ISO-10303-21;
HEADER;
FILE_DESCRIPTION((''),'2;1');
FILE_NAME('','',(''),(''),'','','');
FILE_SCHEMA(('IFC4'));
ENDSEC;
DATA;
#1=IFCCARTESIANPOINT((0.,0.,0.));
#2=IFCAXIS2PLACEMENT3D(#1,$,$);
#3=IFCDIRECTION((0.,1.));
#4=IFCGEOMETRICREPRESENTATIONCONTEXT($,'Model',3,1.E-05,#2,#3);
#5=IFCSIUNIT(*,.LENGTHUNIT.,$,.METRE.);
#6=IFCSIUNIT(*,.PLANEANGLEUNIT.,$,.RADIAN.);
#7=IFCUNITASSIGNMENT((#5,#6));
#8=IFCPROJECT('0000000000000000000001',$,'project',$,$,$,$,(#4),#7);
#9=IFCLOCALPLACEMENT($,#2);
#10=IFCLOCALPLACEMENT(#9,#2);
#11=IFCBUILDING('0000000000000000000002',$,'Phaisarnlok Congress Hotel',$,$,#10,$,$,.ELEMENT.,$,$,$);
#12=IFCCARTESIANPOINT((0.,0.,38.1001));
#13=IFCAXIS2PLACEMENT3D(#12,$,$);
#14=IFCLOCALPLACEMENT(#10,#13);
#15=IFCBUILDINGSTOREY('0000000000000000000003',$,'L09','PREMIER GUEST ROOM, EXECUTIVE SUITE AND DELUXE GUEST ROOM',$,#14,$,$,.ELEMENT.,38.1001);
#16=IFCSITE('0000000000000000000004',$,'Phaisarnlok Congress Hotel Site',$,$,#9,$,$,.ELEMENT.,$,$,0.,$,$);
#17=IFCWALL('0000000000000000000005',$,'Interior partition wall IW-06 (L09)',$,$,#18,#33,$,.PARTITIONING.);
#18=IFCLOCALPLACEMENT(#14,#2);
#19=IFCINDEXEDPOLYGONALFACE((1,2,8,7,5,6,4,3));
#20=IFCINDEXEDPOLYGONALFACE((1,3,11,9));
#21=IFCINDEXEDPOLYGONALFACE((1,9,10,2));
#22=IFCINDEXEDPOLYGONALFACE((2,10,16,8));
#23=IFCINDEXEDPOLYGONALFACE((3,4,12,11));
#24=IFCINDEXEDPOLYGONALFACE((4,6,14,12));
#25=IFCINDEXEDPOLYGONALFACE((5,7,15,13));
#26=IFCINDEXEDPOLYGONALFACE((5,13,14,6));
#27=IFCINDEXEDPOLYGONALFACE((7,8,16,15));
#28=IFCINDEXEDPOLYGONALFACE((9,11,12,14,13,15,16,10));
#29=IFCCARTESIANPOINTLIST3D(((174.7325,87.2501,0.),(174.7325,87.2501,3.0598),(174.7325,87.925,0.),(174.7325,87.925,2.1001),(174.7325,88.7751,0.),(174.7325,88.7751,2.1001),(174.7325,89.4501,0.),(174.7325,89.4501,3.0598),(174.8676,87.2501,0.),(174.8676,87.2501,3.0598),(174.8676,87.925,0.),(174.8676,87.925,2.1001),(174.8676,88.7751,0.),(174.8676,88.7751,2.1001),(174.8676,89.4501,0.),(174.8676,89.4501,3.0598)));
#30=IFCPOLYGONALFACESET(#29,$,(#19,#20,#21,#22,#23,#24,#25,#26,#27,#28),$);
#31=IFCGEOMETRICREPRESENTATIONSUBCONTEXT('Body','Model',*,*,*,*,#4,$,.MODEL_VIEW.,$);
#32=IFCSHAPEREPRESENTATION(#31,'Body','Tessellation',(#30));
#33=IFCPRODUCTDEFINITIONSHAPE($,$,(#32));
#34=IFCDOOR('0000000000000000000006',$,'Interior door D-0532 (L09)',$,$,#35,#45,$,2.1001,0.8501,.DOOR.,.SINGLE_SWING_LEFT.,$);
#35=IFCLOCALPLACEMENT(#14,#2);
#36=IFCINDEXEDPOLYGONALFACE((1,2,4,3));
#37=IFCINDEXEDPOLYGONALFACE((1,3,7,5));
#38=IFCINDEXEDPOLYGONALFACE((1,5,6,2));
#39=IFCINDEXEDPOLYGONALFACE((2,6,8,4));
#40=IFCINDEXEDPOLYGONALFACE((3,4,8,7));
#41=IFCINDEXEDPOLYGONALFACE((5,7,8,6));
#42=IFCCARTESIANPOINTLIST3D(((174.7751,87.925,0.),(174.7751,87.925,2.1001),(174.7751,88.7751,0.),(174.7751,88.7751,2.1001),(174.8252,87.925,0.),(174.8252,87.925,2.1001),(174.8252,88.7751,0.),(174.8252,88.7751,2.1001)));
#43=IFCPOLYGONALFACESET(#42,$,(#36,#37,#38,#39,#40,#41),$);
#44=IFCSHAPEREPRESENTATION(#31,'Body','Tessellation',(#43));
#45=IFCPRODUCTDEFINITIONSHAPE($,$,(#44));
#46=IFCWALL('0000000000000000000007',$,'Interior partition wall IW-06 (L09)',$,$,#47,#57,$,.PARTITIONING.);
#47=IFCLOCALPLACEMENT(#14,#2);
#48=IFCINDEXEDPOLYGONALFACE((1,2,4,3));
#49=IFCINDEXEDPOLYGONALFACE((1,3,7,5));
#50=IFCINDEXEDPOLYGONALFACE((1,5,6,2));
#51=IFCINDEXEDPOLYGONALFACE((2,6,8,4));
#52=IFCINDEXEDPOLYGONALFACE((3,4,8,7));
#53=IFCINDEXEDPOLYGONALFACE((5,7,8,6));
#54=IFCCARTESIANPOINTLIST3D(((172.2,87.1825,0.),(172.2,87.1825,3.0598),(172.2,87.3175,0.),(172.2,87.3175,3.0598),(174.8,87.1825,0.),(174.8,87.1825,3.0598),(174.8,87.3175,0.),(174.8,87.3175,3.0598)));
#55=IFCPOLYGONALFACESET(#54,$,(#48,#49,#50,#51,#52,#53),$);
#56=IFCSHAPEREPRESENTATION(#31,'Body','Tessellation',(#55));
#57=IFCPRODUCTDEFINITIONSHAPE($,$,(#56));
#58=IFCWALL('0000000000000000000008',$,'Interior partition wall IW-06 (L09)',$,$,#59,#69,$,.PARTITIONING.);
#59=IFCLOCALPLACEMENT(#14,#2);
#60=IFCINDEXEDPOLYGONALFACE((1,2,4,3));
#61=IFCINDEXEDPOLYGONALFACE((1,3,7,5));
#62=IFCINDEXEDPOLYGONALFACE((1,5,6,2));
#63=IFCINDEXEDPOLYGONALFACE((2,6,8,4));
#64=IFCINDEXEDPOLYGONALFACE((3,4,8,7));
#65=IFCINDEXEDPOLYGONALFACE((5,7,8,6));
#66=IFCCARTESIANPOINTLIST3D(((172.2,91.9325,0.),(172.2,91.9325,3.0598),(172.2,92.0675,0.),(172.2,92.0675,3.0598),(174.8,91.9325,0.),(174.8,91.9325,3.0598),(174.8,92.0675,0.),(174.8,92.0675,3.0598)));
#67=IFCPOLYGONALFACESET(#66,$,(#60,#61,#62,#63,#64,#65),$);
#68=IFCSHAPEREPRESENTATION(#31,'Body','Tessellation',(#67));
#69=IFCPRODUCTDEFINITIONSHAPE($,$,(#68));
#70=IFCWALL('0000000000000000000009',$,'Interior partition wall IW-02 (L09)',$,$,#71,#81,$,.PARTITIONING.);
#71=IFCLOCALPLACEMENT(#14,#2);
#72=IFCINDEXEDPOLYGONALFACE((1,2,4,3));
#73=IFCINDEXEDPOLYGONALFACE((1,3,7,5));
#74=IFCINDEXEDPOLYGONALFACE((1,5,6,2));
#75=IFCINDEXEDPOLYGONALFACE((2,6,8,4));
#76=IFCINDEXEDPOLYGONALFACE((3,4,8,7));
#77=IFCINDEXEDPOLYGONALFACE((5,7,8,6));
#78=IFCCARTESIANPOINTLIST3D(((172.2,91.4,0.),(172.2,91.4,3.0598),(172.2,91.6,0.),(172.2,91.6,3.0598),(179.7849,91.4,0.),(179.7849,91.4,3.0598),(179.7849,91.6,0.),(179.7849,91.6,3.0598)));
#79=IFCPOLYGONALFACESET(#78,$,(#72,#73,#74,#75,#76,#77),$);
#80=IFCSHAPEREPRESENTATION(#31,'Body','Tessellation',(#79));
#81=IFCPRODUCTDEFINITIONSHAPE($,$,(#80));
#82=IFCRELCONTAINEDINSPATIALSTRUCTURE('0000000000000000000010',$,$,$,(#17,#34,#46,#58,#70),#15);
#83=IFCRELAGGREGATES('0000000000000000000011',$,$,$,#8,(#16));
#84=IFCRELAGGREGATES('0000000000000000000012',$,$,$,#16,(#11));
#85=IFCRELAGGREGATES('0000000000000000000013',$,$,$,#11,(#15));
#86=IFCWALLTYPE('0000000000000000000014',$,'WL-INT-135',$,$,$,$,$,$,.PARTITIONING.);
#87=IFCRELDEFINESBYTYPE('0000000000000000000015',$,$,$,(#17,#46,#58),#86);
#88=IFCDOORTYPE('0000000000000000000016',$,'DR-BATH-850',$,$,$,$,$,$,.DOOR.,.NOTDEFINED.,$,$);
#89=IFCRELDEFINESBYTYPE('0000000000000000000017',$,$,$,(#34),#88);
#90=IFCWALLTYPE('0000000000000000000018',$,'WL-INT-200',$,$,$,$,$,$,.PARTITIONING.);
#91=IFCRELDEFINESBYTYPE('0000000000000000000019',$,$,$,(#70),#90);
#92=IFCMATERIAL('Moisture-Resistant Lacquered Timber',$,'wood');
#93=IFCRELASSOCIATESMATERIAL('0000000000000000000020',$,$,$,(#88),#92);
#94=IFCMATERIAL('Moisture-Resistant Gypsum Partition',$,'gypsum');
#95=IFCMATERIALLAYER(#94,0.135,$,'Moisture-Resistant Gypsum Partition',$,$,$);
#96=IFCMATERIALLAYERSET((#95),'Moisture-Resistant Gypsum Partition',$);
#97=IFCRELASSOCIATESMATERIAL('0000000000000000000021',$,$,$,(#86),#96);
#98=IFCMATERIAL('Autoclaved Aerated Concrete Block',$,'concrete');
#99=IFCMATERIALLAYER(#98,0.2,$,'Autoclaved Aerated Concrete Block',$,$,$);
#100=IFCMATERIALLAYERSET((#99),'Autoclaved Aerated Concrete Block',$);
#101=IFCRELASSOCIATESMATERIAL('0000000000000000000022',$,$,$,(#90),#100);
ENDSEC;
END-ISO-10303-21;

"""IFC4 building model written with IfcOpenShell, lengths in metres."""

from ifc_helpers import new_model, si_unit, direction, frame, frame_2d, origin, place, context, subcontext, project, spatial, rectangle, extrude, material, layer, layer_set, type_object, element, fill, save


model = new_model("IFC4")

# Units and contexts
model_context = context("Model", 3, precision=1e-05, world=origin(), true_north=direction((0.0, 1.0)))
body_context = subcontext(model_context, "Body", "Model", "MODEL_VIEW")
ifc_project = project(units=[si_unit("LENGTHUNIT", "METRE"), si_unit("PLANEANGLEUNIT", "RADIAN")], contexts=[model_context])

# Site, building, storey
site_placement = place(None, origin())
site = spatial("IfcSite", under=ifc_project, at=site_placement, Name="Phaisarnlok Congress Hotel Site", CompositionType="ELEMENT", RefElevation=0.0)
building_placement = place(site_placement, origin())
building = spatial("IfcBuilding", under=site, at=building_placement, Name="Phaisarnlok Congress Hotel", CompositionType="ELEMENT")
storey_placement = place(building_placement, frame((0.0, 0.0, 38.1001)))
storey = spatial("IfcBuildingStorey", under=building, at=storey_placement, Name="L09", Description="PREMIER GUEST ROOM, EXECUTIVE SUITE AND DELUXE GUEST ROOM", CompositionType="ELEMENT", Elevation=38.1001)

# Shared definitions
ifc_material_1 = material(Name="Moisture-Resistant Lacquered Timber", Category="wood")
door_type = type_object("IfcDoorType", Name="DR-BATH-850", OperationType="NOTDEFINED", PredefinedType="DOOR", material=ifc_material_1)

# Wall, opening, door
ifc_material_2 = material(Name="Moisture-Resistant Gypsum Partition", Category="gypsum")
ifc_layer_1 = layer(ifc_material_2, 0.135, Name="Moisture-Resistant Gypsum Partition")
ifc_layer_set_1 = layer_set([ifc_layer_1], Name="Moisture-Resistant Gypsum Partition")
wall_type_1 = type_object("IfcWallType", Name="WL-INT-135", PredefinedType="PARTITIONING", material=ifc_layer_set_1)
wall_1_placement = place(storey_placement, frame((174.8, 87.25, 0.0), z_axis=(0.0, 0.0, 1.0), x_axis=(0.0, 1.0, 0.0)))
wall_1 = element("IfcWall", 1, at=wall_1_placement, inside=storey, type_object=wall_type_1, Name="Interior partition wall IW-06 (L09)", PredefinedType="PARTITIONING", context=body_context, shape_type="SweptSolid", body=[
    extrude(rectangle(XDim=2.2, YDim=0.135, at=frame_2d((1.1001, 0.0))), origin(), (0.0, 0.0, 1.0), 3.0598),
])
opening_1_placement = place(wall_1_placement, frame((0.675, 0.0, 0.0)))
opening_1 = element("IfcOpeningElement", 2, at=opening_1_placement, cuts=wall_1, PredefinedType="OPENING", context=body_context, shape_type="SweptSolid", body=[
    extrude(rectangle(XDim=0.8501, YDim=2.1001, at=frame_2d((0.425, 1.05))), frame((0.0, 0.0776, 0.0), z_axis=(0.0, -1.0, 0.0), x_axis=(1.0, 0.0, 0.0)), (0.0, 0.0, 1.0), 0.155),
])
door_1_placement = place(opening_1_placement, origin())
door_1 = element("IfcDoor", 3, at=door_1_placement, inside=storey, type_object=door_type, Name="Interior door D-0532 (L09)", OperationType="SINGLE_SWING_LEFT", OverallHeight=2.1001, OverallWidth=0.8501, PredefinedType="DOOR", context=body_context, shape_type="SweptSolid", body=[
    extrude(rectangle(XDim=0.8501, YDim=2.1001, at=frame_2d((0.425, 1.05))), frame((0.0, 0.0249, 0.0), z_axis=(0.0, -1.0, 0.0), x_axis=(1.0, 0.0, 0.0)), (0.0, 0.0, 1.0), 0.05),
])
fill(opening_1, door_1)

# Walls
for number, where, z_axis, x_axis, name in (
    (4, (172.2, 87.25, 0.0), (0.0, 0.0, 1.0), (1.0, 0.0, 0.0), "Interior partition wall IW-06 (L09)"),
    (5, (172.2, 92.0, 0.0), (0.0, 0.0, 1.0), (1.0, 0.0, 0.0), "Interior partition wall IW-06 (L09)"),
):
    element("IfcWall", number, at=place(storey_placement, frame(where, z_axis=z_axis, x_axis=x_axis)), inside=storey, type_object=wall_type_1, Name=name, PredefinedType="PARTITIONING", context=body_context, shape_type="SweptSolid", body=[
        extrude(rectangle(XDim=2.6001, YDim=0.135, at=frame_2d((1.3, 0.0))), origin(), (0.0, 0.0, 1.0), 3.0598),
    ])
ifc_material_3 = material(Name="Autoclaved Aerated Concrete Block", Category="concrete")
ifc_layer_2 = layer(ifc_material_3, 0.2, Name="Autoclaved Aerated Concrete Block")
ifc_layer_set_2 = layer_set([ifc_layer_2], Name="Autoclaved Aerated Concrete Block")
wall_type_2 = type_object("IfcWallType", Name="WL-INT-200", PredefinedType="PARTITIONING", material=ifc_layer_set_2)
wall_2_placement = place(storey_placement, frame((172.2, 91.5, 0.0), z_axis=(0.0, 0.0, 1.0), x_axis=(1.0, 0.0, 0.0)))
element("IfcWall", 6, at=wall_2_placement, inside=storey, type_object=wall_type_2, Name="Interior partition wall IW-02 (L09)", PredefinedType="PARTITIONING", context=body_context, shape_type="SweptSolid", body=[
    extrude(rectangle(XDim=7.585, YDim=0.2, at=frame_2d((3.7925, 0.0))), origin(), (0.0, 0.0, 1.0), 3.0598),
])

save(model, "model.ifc")
